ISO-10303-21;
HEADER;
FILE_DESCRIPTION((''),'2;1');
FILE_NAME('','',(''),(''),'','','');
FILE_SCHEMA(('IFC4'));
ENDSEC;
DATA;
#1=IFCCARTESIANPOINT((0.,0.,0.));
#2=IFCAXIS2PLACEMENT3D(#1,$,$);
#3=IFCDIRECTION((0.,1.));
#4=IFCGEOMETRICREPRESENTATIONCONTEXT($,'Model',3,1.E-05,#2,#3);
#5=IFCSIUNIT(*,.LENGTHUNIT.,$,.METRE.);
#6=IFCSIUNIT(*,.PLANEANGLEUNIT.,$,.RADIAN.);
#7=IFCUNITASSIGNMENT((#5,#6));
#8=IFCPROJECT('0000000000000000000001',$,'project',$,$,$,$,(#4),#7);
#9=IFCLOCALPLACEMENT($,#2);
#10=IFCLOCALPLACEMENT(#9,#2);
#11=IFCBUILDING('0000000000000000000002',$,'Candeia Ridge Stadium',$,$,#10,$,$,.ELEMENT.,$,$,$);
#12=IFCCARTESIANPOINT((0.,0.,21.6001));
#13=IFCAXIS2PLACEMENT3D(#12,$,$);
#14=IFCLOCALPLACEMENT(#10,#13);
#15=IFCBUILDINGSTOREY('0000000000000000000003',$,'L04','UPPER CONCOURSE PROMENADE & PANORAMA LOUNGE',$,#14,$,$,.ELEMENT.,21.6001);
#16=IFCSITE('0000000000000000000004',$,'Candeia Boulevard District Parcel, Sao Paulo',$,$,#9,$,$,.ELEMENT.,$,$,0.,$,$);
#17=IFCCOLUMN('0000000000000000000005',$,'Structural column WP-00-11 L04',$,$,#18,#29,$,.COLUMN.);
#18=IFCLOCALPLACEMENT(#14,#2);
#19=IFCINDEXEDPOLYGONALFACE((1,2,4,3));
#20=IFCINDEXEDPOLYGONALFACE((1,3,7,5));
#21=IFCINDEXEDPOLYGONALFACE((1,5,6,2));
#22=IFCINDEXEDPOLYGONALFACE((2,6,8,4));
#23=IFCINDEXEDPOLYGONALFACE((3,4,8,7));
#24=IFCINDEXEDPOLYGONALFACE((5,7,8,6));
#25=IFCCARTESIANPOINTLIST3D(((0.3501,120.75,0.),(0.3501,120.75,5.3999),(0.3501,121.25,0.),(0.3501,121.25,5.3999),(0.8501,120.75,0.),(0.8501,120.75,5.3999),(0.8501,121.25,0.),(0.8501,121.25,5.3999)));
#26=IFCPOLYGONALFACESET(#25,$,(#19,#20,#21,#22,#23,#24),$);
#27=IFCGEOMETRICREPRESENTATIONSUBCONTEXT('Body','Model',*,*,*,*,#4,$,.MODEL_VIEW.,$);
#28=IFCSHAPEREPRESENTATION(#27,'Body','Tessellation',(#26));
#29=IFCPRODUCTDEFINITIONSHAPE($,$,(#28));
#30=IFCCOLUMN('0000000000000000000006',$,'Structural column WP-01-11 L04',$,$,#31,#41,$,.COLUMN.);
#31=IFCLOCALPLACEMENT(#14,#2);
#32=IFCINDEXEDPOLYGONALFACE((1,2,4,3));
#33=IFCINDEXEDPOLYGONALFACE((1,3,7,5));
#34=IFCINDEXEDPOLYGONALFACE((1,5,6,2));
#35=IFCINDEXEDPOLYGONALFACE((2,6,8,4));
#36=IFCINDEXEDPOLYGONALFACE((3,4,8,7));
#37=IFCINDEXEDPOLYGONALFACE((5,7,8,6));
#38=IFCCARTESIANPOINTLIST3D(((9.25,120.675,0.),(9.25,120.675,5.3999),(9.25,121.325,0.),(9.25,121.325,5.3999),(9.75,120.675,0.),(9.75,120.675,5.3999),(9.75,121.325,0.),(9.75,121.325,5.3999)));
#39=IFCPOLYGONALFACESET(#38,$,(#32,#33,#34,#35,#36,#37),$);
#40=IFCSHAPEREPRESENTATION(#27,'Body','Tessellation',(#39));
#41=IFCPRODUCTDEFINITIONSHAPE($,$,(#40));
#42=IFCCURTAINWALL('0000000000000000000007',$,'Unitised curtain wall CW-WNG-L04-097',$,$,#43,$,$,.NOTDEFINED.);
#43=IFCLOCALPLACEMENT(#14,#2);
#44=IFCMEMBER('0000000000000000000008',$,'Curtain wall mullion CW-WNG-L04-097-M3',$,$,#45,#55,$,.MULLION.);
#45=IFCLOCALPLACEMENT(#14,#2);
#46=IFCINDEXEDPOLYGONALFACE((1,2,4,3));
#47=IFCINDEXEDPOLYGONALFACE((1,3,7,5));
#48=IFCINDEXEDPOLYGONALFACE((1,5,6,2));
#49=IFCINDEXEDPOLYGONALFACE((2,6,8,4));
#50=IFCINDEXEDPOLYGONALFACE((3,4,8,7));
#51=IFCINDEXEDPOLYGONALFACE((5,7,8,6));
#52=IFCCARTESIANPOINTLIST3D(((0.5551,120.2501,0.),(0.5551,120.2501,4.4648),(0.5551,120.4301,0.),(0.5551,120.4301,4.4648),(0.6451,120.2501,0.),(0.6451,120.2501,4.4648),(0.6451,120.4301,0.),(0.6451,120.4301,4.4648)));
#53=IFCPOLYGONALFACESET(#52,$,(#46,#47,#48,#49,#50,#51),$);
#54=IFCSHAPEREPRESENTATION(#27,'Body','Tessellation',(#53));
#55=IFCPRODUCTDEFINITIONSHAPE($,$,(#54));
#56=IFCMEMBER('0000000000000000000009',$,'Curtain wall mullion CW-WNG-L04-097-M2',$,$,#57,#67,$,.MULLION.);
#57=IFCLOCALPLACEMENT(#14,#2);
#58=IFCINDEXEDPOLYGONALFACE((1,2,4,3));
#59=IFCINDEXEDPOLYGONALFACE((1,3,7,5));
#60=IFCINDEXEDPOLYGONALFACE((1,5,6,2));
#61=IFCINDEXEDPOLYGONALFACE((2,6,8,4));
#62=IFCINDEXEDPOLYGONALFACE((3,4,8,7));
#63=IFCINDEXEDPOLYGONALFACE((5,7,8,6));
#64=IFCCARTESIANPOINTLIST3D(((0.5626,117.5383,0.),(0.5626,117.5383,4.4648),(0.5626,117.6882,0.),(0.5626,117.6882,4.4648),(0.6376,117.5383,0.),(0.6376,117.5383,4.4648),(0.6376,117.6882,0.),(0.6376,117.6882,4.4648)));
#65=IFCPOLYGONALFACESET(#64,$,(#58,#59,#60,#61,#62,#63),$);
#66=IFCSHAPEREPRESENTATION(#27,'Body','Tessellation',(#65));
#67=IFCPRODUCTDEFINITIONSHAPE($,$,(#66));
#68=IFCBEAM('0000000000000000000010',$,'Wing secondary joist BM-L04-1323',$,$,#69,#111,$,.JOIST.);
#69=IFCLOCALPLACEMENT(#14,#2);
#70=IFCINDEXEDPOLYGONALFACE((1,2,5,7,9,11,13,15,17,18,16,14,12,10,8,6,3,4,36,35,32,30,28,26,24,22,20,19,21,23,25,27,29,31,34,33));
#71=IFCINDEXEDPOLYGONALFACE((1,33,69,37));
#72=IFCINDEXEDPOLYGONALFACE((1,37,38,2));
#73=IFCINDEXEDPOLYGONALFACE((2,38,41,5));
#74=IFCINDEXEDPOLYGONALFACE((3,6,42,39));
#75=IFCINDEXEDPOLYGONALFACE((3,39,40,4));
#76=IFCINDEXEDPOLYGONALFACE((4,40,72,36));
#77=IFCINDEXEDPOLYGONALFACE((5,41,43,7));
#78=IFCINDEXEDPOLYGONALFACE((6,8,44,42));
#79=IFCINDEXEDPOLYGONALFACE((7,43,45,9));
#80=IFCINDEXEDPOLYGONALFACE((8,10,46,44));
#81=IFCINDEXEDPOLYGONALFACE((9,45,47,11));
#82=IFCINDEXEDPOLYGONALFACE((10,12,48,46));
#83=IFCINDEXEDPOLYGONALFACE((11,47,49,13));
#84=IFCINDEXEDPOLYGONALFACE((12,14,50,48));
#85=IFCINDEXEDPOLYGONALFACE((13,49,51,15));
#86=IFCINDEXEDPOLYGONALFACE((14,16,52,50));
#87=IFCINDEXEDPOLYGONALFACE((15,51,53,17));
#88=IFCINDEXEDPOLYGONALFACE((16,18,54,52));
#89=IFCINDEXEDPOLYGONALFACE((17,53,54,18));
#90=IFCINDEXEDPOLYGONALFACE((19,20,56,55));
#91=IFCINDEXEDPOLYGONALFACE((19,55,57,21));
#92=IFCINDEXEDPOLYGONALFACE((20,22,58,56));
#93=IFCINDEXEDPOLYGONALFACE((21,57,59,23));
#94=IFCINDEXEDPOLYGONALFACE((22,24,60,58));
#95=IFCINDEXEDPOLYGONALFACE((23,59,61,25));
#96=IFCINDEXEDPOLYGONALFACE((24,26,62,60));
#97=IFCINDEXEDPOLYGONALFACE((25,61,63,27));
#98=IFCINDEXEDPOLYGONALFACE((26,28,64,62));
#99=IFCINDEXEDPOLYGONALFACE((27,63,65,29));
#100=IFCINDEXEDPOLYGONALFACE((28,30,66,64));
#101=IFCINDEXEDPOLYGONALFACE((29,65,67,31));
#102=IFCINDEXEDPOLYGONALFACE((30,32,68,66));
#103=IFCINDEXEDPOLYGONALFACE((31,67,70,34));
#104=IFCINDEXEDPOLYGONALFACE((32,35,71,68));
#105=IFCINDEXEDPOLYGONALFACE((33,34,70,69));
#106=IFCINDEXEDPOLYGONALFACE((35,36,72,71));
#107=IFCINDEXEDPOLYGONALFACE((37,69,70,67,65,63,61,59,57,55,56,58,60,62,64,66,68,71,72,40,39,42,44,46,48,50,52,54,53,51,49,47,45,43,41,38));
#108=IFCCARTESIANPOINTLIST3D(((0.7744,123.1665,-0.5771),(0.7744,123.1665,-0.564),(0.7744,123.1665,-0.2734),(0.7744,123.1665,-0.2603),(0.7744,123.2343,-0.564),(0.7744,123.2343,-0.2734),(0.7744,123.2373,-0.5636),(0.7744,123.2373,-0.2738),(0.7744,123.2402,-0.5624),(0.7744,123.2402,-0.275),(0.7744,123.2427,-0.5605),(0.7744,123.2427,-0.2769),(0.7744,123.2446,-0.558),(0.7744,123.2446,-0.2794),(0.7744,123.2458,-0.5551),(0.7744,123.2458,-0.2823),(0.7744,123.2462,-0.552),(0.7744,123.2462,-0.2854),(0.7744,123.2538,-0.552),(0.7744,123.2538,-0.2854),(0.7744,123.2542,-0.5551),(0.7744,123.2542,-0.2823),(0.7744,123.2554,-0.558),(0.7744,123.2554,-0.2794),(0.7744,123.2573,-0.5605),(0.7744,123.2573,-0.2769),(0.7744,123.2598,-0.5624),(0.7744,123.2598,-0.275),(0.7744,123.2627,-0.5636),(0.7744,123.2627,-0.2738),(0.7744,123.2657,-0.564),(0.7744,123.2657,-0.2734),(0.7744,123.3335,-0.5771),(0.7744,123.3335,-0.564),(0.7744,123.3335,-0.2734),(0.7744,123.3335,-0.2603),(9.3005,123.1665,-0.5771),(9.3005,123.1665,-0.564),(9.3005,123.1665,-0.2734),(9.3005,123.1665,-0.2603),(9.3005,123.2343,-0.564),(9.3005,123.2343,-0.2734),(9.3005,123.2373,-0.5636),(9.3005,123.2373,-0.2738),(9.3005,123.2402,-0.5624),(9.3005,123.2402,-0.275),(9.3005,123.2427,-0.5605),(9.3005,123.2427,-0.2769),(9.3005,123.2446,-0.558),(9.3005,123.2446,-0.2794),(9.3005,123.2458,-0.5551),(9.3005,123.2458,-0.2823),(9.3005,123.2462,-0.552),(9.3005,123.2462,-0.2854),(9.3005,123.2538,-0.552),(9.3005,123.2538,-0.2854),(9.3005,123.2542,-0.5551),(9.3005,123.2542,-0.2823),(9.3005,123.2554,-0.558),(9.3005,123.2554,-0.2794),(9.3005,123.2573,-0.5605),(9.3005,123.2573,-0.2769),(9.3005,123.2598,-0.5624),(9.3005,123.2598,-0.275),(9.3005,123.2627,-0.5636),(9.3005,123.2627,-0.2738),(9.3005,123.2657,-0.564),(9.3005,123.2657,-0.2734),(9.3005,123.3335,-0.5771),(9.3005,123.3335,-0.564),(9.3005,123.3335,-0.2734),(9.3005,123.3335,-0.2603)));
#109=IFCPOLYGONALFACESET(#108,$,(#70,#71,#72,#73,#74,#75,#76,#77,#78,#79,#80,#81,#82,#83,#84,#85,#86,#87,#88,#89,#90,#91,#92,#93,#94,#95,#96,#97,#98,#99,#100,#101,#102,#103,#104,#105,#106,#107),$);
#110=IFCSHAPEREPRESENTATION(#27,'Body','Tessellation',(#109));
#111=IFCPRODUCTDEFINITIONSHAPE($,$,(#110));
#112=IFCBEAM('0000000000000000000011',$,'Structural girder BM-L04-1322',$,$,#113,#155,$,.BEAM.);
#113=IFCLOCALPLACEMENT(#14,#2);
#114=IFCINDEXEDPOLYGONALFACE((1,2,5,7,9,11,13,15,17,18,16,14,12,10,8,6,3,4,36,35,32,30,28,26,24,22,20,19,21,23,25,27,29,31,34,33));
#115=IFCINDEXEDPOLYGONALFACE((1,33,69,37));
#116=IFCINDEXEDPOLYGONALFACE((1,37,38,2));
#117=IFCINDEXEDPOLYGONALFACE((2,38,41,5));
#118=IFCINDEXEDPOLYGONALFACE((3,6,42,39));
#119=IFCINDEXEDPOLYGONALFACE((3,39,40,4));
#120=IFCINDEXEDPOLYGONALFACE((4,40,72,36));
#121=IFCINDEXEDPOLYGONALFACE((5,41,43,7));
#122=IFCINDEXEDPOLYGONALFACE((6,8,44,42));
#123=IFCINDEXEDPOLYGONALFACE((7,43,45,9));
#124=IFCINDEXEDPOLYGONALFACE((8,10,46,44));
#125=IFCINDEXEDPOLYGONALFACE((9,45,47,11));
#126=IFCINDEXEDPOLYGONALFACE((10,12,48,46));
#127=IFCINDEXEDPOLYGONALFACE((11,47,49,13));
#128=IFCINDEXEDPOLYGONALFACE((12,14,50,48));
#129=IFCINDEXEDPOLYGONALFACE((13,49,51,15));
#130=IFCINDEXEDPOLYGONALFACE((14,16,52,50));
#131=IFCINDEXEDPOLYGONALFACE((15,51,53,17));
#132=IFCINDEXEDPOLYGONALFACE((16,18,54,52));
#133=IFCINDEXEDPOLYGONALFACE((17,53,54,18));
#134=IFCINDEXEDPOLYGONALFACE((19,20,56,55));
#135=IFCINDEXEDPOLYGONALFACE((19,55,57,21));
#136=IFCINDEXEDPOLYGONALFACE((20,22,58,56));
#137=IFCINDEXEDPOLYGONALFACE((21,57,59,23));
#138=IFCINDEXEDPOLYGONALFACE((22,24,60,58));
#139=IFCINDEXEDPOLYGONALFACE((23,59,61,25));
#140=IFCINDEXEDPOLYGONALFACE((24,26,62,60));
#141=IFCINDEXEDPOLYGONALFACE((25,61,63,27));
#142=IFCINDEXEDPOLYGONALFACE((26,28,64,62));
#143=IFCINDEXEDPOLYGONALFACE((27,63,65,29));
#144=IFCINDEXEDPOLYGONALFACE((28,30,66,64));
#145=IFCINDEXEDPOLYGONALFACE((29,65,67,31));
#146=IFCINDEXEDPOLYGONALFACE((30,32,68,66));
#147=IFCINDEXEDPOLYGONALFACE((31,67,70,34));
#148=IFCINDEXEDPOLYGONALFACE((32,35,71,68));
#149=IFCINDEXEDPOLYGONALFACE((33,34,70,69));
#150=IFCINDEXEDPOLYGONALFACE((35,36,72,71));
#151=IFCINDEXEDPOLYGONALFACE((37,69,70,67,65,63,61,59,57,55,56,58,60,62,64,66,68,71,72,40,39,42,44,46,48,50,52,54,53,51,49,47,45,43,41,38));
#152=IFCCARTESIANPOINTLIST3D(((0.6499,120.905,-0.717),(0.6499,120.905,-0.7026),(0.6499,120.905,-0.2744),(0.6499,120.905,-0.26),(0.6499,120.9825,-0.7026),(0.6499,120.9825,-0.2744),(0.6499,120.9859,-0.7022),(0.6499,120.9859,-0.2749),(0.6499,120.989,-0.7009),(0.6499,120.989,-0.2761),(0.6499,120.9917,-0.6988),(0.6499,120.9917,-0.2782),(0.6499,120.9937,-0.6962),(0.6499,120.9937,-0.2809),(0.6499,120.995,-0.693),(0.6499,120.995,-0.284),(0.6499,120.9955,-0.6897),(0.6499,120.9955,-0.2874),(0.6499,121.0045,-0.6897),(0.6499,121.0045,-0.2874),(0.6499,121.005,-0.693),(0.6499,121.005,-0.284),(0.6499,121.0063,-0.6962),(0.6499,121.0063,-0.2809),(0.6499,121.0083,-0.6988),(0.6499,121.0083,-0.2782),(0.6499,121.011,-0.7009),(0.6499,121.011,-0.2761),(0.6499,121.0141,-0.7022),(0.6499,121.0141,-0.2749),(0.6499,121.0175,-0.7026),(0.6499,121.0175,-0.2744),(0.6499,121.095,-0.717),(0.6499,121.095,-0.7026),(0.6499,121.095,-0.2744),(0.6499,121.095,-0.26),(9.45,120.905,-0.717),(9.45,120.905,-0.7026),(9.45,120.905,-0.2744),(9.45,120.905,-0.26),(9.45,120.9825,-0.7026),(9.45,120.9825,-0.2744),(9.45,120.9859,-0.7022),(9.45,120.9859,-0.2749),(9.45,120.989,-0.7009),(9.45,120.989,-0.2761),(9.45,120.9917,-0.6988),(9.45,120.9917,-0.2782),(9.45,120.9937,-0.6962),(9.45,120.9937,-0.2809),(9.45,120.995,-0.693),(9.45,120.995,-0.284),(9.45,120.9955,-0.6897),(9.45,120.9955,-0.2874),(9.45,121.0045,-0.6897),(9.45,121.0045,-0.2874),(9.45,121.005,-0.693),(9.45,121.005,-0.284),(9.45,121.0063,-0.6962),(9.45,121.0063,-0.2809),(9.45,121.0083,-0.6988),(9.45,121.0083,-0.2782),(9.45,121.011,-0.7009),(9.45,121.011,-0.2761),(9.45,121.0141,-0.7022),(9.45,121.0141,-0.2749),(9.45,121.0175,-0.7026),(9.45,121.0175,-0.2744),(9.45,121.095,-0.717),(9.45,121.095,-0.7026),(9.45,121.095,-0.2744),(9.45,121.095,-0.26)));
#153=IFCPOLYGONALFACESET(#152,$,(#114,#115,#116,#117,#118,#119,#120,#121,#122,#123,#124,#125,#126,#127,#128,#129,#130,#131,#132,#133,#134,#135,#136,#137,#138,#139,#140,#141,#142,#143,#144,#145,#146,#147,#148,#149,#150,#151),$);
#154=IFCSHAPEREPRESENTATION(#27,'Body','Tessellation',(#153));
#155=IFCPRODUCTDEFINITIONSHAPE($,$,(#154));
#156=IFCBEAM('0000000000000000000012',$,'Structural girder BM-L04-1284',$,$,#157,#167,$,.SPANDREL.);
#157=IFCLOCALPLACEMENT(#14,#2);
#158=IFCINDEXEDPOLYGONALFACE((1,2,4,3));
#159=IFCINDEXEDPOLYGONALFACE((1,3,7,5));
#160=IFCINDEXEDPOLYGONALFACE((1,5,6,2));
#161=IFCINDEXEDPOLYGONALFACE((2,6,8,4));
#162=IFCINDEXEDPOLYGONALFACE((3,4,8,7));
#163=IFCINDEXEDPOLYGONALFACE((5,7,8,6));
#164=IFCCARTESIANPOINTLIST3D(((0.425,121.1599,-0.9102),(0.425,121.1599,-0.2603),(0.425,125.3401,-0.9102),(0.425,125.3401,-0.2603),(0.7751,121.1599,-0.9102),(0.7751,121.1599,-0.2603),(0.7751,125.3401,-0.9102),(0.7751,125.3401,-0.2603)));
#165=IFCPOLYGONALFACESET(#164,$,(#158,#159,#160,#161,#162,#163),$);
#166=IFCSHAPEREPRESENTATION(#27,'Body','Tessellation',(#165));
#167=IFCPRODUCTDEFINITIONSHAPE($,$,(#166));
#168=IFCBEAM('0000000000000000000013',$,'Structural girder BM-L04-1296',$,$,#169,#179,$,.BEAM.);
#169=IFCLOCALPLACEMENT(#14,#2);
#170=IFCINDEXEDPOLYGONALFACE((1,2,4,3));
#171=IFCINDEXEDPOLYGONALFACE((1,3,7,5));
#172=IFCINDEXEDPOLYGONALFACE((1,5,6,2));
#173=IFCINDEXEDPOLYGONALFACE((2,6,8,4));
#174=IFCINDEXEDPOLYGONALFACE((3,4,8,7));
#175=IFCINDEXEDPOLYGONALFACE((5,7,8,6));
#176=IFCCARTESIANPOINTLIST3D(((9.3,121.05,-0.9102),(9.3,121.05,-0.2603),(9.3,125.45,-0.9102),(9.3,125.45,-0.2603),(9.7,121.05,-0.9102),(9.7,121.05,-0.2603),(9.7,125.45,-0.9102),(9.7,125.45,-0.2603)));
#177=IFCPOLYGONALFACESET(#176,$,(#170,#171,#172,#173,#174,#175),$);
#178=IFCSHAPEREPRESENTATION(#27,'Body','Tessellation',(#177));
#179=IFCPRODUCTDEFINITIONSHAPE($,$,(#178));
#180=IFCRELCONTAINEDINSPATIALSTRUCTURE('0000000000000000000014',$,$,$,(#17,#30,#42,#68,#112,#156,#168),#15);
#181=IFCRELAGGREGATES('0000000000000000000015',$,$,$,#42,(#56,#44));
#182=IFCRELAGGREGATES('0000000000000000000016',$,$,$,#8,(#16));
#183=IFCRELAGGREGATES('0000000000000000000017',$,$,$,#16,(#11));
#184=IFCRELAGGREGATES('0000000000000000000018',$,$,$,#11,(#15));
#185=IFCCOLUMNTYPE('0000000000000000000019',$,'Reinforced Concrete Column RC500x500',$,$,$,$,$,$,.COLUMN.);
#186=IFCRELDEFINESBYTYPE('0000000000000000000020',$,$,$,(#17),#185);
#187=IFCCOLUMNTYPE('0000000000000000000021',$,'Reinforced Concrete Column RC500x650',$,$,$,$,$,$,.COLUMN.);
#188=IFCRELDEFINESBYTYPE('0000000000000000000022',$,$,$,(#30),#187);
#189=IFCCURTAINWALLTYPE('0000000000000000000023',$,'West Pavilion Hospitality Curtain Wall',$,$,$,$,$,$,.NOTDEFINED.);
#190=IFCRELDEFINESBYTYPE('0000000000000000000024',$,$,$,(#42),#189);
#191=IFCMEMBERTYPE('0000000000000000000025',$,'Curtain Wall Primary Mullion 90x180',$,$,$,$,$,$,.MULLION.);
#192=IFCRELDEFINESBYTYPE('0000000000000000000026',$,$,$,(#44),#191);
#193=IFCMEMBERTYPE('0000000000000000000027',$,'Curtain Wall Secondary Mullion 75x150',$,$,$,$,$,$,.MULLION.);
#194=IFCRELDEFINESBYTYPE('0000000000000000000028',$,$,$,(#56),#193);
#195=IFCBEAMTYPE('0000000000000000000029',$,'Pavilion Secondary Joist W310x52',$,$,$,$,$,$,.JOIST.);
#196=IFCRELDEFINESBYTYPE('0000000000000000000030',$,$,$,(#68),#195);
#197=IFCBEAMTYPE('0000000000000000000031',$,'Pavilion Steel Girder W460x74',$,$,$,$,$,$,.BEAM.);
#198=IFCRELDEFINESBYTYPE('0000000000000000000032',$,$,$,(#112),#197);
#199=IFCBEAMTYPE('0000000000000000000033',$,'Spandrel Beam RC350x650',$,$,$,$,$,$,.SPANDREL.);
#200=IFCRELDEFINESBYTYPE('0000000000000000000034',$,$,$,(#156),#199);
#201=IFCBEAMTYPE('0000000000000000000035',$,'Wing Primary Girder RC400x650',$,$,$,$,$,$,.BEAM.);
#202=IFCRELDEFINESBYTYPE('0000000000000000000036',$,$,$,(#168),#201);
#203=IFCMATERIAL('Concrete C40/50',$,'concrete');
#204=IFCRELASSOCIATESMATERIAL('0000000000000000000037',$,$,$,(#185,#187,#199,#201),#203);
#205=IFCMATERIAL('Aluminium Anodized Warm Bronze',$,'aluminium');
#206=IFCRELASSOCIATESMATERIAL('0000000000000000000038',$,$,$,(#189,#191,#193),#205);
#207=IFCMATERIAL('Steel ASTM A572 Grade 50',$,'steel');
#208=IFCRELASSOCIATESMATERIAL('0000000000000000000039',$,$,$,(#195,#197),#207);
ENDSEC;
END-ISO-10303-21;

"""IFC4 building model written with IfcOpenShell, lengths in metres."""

from ifc_helpers import new_model, si_unit, direction, frame, origin, origin_2d, place, context, subcontext, project, spatial, rectangle, i_section, extrude, material, material_profile, profile_set, type_object, element, aggregate, save


model = new_model("IFC4")

# Units and contexts
model_context = context("Model", 3, precision=1e-05, world=origin(), true_north=direction((0.0, 1.0)))
body_context = subcontext(model_context, "Body", "Model", "MODEL_VIEW")
ifc_project = project(units=[si_unit("LENGTHUNIT", "METRE"), si_unit("PLANEANGLEUNIT", "RADIAN")], contexts=[model_context])

# Site, building, storey
site_placement = place(None, origin())
site = spatial("IfcSite", under=ifc_project, at=site_placement, Name="Candeia Boulevard District Parcel, Sao Paulo", CompositionType="ELEMENT", RefElevation=0.0)
building_placement = place(site_placement, origin())
building = spatial("IfcBuilding", under=site, at=building_placement, Name="Candeia Ridge Stadium", CompositionType="ELEMENT")
storey_placement = place(building_placement, frame((0.0, 0.0, 21.6001)))
storey = spatial("IfcBuildingStorey", under=building, at=storey_placement, Name="L04", Description="UPPER CONCOURSE PROMENADE & PANORAMA LOUNGE", CompositionType="ELEMENT", Elevation=21.6001)

# Columns
ifc_material_1 = material(Name="Concrete C40/50", Category="concrete")
ifc_material_profile_1 = material_profile(ifc_material_1, rectangle(XDim=0.5, YDim=0.5, at=origin_2d()), Name="RC500x500", Category="concrete")
ifc_profile_set_1 = profile_set([ifc_material_profile_1], Name="Concrete C40/50")
column_type_1 = type_object("IfcColumnType", Name="Reinforced Concrete Column RC500x500", PredefinedType="COLUMN", material=ifc_profile_set_1)
column_1_placement = place(storey_placement, frame((0.6001, 121.0, 0.0), z_axis=(0.0, 0.0, 1.0), x_axis=(1.0, 0.0, 0.0)))
element("IfcColumn", 1, at=column_1_placement, inside=storey, type_object=column_type_1, Name="Structural column WP-00-11 L04", PredefinedType="COLUMN", context=body_context, shape_type="SweptSolid", body=[
    extrude(rectangle(XDim=0.5, YDim=0.5, at=origin_2d()), origin(), (0.0, 0.0, 1.0), 5.3999),
])
ifc_material_profile_2 = material_profile(ifc_material_1, rectangle(XDim=0.5, YDim=0.6499, at=origin_2d()), Name="RC500x650", Category="concrete")
ifc_profile_set_2 = profile_set([ifc_material_profile_2], Name="Concrete C40/50")
column_type_2 = type_object("IfcColumnType", Name="Reinforced Concrete Column RC500x650", PredefinedType="COLUMN", material=ifc_profile_set_2)
column_2_placement = place(storey_placement, frame((9.5, 121.0, 0.0), z_axis=(0.0, 0.0, 1.0), x_axis=(1.0, 0.0, 0.0)))
element("IfcColumn", 2, at=column_2_placement, inside=storey, type_object=column_type_2, Name="Structural column WP-01-11 L04", PredefinedType="COLUMN", context=body_context, shape_type="SweptSolid", body=[
    extrude(rectangle(XDim=0.5, YDim=0.6499, at=origin_2d()), origin(), (0.0, 0.0, 1.0), 5.3999),
])

# Curtain wall, members
ifc_material_2 = material(Name="Aluminium Anodized Warm Bronze", Category="aluminium")
curtain_wall_type = type_object("IfcCurtainWallType", Name="West Pavilion Hospitality Curtain Wall", PredefinedType="NOTDEFINED", material=ifc_material_2)
curtain_wall_placement = place(storey_placement, origin())
curtain_wall = element("IfcCurtainWall", 3, at=curtain_wall_placement, inside=storey, type_object=curtain_wall_type, Name="Unitised curtain wall CW-WNG-L04-097", PredefinedType="NOTDEFINED")
ifc_material_profile_3 = material_profile(ifc_material_2, rectangle(XDim=0.0901, YDim=0.1799, at=origin_2d()), Name="CWM-90x180", Category="aluminium")
ifc_profile_set_3 = profile_set([ifc_material_profile_3], Name="Aluminium Anodized Warm Bronze")
member_type_1 = type_object("IfcMemberType", Name="Curtain Wall Primary Mullion 90x180", PredefinedType="MULLION", material=ifc_profile_set_3)
member_1_placement = place(storey_placement, frame((0.6001, 120.3401, 0.0), z_axis=(0.0, 0.0, 1.0), x_axis=(1.0, 0.0, 0.0)))
member_1 = element("IfcMember", 4, at=member_1_placement, type_object=member_type_1, Name="Curtain wall mullion CW-WNG-L04-097-M3", PredefinedType="MULLION", context=body_context, shape_type="SweptSolid", body=[
    extrude(rectangle(XDim=0.0901, YDim=0.1799, at=origin_2d()), origin(), (0.0, 0.0, 1.0), 4.4648),
])
ifc_material_profile_4 = material_profile(ifc_material_2, rectangle(XDim=0.075, YDim=0.1499, at=origin_2d()), Name="CWM-75x150", Category="aluminium")
ifc_profile_set_4 = profile_set([ifc_material_profile_4], Name="Aluminium Anodized Warm Bronze")
member_type_2 = type_object("IfcMemberType", Name="Curtain Wall Secondary Mullion 75x150", PredefinedType="MULLION", material=ifc_profile_set_4)
member_2_placement = place(storey_placement, frame((0.6001, 117.6133, 0.0), z_axis=(0.0, 0.0, 1.0), x_axis=(1.0, 0.0, 0.0)))
member_2 = element("IfcMember", 5, at=member_2_placement, type_object=member_type_2, Name="Curtain wall mullion CW-WNG-L04-097-M2", PredefinedType="MULLION", context=body_context, shape_type="SweptSolid", body=[
    extrude(rectangle(XDim=0.075, YDim=0.1499, at=origin_2d()), origin(), (0.0, 0.0, 1.0), 4.4648),
])

# Beams
ifc_material_3 = material(Name="Steel ASTM A572 Grade 50", Category="steel")
ifc_material_profile_5 = material_profile(ifc_material_3, i_section(OverallWidth=0.167, OverallDepth=0.3169, WebThickness=0.0076, FlangeThickness=0.0132, FilletRadius=0.012, at=origin_2d()), Name="W310x52", Category="steel")
ifc_profile_set_5 = profile_set([ifc_material_profile_5], Name="Steel ASTM A572 Grade 50")
beam_type_1 = type_object("IfcBeamType", Name="Pavilion Secondary Joist W310x52", PredefinedType="JOIST", material=ifc_profile_set_5)
beam_1_placement = place(storey_placement, frame((0.7744, 123.25, -0.4187), z_axis=(1.0, 0.0, 0.0), x_axis=(0.0, 1.0, 0.0)))
element("IfcBeam", 6, at=beam_1_placement, inside=storey, type_object=beam_type_1, Name="Wing secondary joist BM-L04-1323", PredefinedType="JOIST", context=body_context, shape_type="SweptSolid", body=[
    extrude(i_section(OverallWidth=0.167, OverallDepth=0.3169, WebThickness=0.0076, FlangeThickness=0.0132, FilletRadius=0.012, at=origin_2d()), origin(), (0.0, 0.0, 1.0), 8.5261),
])
ifc_material_profile_6 = material_profile(ifc_material_3, i_section(OverallWidth=0.1899, OverallDepth=0.457, WebThickness=0.009, FlangeThickness=0.0144, FilletRadius=0.0129, at=origin_2d()), Name="W460x74", Category="steel")
ifc_profile_set_6 = profile_set([ifc_material_profile_6], Name="Steel ASTM A572 Grade 50")
beam_type_2 = type_object("IfcBeamType", Name="Pavilion Steel Girder W460x74", PredefinedType="BEAM", material=ifc_profile_set_6)
beam_2_placement = place(storey_placement, frame((0.6499, 121.0, -0.4885), z_axis=(1.0, 0.0, 0.0), x_axis=(0.0, 1.0, 0.0)))
element("IfcBeam", 7, at=beam_2_placement, inside=storey, type_object=beam_type_2, Name="Structural girder BM-L04-1322", PredefinedType="BEAM", context=body_context, shape_type="SweptSolid", body=[
    extrude(i_section(OverallWidth=0.1899, OverallDepth=0.457, WebThickness=0.009, FlangeThickness=0.0144, FilletRadius=0.0129, at=origin_2d()), origin(), (0.0, 0.0, 1.0), 8.8),
])
ifc_material_profile_7 = material_profile(ifc_material_1, rectangle(XDim=0.3501, YDim=0.6499, at=origin_2d()), Name="RC350x650", Category="concrete")
ifc_profile_set_7 = profile_set([ifc_material_profile_7], Name="Concrete C40/50")
beam_type_3 = type_object("IfcBeamType", Name="Spandrel Beam RC350x650", PredefinedType="SPANDREL", material=ifc_profile_set_7)
beam_3_placement = place(storey_placement, frame((0.6001, 121.1599, -0.5852), z_axis=(0.0, 1.0, 0.0), x_axis=(-1.0, 0.0, 0.0)))
element("IfcBeam", 8, at=beam_3_placement, inside=storey, type_object=beam_type_3, Name="Structural girder BM-L04-1284", PredefinedType="SPANDREL", context=body_context, shape_type="SweptSolid", body=[
    extrude(rectangle(XDim=0.3501, YDim=0.6499, at=origin_2d()), origin(), (0.0, 0.0, 1.0), 4.1802),
])
ifc_material_profile_8 = material_profile(ifc_material_1, rectangle(XDim=0.3999, YDim=0.6499, at=origin_2d()), Name="RC400x650", Category="concrete")
ifc_profile_set_8 = profile_set([ifc_material_profile_8], Name="Concrete C40/50")
beam_type_4 = type_object("IfcBeamType", Name="Wing Primary Girder RC400x650", PredefinedType="BEAM", material=ifc_profile_set_8)
beam_4_placement = place(storey_placement, frame((9.5, 121.05, -0.5852), z_axis=(0.0, 1.0, 0.0), x_axis=(-1.0, 0.0, 0.0)))
element("IfcBeam", 9, at=beam_4_placement, inside=storey, type_object=beam_type_4, Name="Structural girder BM-L04-1296", PredefinedType="BEAM", context=body_context, shape_type="SweptSolid", body=[
    extrude(rectangle(XDim=0.3999, YDim=0.6499, at=origin_2d()), origin(), (0.0, 0.0, 1.0), 4.3999),
])

aggregate(curtain_wall, [member_2, member_1])

save(model, "model.ifc")
